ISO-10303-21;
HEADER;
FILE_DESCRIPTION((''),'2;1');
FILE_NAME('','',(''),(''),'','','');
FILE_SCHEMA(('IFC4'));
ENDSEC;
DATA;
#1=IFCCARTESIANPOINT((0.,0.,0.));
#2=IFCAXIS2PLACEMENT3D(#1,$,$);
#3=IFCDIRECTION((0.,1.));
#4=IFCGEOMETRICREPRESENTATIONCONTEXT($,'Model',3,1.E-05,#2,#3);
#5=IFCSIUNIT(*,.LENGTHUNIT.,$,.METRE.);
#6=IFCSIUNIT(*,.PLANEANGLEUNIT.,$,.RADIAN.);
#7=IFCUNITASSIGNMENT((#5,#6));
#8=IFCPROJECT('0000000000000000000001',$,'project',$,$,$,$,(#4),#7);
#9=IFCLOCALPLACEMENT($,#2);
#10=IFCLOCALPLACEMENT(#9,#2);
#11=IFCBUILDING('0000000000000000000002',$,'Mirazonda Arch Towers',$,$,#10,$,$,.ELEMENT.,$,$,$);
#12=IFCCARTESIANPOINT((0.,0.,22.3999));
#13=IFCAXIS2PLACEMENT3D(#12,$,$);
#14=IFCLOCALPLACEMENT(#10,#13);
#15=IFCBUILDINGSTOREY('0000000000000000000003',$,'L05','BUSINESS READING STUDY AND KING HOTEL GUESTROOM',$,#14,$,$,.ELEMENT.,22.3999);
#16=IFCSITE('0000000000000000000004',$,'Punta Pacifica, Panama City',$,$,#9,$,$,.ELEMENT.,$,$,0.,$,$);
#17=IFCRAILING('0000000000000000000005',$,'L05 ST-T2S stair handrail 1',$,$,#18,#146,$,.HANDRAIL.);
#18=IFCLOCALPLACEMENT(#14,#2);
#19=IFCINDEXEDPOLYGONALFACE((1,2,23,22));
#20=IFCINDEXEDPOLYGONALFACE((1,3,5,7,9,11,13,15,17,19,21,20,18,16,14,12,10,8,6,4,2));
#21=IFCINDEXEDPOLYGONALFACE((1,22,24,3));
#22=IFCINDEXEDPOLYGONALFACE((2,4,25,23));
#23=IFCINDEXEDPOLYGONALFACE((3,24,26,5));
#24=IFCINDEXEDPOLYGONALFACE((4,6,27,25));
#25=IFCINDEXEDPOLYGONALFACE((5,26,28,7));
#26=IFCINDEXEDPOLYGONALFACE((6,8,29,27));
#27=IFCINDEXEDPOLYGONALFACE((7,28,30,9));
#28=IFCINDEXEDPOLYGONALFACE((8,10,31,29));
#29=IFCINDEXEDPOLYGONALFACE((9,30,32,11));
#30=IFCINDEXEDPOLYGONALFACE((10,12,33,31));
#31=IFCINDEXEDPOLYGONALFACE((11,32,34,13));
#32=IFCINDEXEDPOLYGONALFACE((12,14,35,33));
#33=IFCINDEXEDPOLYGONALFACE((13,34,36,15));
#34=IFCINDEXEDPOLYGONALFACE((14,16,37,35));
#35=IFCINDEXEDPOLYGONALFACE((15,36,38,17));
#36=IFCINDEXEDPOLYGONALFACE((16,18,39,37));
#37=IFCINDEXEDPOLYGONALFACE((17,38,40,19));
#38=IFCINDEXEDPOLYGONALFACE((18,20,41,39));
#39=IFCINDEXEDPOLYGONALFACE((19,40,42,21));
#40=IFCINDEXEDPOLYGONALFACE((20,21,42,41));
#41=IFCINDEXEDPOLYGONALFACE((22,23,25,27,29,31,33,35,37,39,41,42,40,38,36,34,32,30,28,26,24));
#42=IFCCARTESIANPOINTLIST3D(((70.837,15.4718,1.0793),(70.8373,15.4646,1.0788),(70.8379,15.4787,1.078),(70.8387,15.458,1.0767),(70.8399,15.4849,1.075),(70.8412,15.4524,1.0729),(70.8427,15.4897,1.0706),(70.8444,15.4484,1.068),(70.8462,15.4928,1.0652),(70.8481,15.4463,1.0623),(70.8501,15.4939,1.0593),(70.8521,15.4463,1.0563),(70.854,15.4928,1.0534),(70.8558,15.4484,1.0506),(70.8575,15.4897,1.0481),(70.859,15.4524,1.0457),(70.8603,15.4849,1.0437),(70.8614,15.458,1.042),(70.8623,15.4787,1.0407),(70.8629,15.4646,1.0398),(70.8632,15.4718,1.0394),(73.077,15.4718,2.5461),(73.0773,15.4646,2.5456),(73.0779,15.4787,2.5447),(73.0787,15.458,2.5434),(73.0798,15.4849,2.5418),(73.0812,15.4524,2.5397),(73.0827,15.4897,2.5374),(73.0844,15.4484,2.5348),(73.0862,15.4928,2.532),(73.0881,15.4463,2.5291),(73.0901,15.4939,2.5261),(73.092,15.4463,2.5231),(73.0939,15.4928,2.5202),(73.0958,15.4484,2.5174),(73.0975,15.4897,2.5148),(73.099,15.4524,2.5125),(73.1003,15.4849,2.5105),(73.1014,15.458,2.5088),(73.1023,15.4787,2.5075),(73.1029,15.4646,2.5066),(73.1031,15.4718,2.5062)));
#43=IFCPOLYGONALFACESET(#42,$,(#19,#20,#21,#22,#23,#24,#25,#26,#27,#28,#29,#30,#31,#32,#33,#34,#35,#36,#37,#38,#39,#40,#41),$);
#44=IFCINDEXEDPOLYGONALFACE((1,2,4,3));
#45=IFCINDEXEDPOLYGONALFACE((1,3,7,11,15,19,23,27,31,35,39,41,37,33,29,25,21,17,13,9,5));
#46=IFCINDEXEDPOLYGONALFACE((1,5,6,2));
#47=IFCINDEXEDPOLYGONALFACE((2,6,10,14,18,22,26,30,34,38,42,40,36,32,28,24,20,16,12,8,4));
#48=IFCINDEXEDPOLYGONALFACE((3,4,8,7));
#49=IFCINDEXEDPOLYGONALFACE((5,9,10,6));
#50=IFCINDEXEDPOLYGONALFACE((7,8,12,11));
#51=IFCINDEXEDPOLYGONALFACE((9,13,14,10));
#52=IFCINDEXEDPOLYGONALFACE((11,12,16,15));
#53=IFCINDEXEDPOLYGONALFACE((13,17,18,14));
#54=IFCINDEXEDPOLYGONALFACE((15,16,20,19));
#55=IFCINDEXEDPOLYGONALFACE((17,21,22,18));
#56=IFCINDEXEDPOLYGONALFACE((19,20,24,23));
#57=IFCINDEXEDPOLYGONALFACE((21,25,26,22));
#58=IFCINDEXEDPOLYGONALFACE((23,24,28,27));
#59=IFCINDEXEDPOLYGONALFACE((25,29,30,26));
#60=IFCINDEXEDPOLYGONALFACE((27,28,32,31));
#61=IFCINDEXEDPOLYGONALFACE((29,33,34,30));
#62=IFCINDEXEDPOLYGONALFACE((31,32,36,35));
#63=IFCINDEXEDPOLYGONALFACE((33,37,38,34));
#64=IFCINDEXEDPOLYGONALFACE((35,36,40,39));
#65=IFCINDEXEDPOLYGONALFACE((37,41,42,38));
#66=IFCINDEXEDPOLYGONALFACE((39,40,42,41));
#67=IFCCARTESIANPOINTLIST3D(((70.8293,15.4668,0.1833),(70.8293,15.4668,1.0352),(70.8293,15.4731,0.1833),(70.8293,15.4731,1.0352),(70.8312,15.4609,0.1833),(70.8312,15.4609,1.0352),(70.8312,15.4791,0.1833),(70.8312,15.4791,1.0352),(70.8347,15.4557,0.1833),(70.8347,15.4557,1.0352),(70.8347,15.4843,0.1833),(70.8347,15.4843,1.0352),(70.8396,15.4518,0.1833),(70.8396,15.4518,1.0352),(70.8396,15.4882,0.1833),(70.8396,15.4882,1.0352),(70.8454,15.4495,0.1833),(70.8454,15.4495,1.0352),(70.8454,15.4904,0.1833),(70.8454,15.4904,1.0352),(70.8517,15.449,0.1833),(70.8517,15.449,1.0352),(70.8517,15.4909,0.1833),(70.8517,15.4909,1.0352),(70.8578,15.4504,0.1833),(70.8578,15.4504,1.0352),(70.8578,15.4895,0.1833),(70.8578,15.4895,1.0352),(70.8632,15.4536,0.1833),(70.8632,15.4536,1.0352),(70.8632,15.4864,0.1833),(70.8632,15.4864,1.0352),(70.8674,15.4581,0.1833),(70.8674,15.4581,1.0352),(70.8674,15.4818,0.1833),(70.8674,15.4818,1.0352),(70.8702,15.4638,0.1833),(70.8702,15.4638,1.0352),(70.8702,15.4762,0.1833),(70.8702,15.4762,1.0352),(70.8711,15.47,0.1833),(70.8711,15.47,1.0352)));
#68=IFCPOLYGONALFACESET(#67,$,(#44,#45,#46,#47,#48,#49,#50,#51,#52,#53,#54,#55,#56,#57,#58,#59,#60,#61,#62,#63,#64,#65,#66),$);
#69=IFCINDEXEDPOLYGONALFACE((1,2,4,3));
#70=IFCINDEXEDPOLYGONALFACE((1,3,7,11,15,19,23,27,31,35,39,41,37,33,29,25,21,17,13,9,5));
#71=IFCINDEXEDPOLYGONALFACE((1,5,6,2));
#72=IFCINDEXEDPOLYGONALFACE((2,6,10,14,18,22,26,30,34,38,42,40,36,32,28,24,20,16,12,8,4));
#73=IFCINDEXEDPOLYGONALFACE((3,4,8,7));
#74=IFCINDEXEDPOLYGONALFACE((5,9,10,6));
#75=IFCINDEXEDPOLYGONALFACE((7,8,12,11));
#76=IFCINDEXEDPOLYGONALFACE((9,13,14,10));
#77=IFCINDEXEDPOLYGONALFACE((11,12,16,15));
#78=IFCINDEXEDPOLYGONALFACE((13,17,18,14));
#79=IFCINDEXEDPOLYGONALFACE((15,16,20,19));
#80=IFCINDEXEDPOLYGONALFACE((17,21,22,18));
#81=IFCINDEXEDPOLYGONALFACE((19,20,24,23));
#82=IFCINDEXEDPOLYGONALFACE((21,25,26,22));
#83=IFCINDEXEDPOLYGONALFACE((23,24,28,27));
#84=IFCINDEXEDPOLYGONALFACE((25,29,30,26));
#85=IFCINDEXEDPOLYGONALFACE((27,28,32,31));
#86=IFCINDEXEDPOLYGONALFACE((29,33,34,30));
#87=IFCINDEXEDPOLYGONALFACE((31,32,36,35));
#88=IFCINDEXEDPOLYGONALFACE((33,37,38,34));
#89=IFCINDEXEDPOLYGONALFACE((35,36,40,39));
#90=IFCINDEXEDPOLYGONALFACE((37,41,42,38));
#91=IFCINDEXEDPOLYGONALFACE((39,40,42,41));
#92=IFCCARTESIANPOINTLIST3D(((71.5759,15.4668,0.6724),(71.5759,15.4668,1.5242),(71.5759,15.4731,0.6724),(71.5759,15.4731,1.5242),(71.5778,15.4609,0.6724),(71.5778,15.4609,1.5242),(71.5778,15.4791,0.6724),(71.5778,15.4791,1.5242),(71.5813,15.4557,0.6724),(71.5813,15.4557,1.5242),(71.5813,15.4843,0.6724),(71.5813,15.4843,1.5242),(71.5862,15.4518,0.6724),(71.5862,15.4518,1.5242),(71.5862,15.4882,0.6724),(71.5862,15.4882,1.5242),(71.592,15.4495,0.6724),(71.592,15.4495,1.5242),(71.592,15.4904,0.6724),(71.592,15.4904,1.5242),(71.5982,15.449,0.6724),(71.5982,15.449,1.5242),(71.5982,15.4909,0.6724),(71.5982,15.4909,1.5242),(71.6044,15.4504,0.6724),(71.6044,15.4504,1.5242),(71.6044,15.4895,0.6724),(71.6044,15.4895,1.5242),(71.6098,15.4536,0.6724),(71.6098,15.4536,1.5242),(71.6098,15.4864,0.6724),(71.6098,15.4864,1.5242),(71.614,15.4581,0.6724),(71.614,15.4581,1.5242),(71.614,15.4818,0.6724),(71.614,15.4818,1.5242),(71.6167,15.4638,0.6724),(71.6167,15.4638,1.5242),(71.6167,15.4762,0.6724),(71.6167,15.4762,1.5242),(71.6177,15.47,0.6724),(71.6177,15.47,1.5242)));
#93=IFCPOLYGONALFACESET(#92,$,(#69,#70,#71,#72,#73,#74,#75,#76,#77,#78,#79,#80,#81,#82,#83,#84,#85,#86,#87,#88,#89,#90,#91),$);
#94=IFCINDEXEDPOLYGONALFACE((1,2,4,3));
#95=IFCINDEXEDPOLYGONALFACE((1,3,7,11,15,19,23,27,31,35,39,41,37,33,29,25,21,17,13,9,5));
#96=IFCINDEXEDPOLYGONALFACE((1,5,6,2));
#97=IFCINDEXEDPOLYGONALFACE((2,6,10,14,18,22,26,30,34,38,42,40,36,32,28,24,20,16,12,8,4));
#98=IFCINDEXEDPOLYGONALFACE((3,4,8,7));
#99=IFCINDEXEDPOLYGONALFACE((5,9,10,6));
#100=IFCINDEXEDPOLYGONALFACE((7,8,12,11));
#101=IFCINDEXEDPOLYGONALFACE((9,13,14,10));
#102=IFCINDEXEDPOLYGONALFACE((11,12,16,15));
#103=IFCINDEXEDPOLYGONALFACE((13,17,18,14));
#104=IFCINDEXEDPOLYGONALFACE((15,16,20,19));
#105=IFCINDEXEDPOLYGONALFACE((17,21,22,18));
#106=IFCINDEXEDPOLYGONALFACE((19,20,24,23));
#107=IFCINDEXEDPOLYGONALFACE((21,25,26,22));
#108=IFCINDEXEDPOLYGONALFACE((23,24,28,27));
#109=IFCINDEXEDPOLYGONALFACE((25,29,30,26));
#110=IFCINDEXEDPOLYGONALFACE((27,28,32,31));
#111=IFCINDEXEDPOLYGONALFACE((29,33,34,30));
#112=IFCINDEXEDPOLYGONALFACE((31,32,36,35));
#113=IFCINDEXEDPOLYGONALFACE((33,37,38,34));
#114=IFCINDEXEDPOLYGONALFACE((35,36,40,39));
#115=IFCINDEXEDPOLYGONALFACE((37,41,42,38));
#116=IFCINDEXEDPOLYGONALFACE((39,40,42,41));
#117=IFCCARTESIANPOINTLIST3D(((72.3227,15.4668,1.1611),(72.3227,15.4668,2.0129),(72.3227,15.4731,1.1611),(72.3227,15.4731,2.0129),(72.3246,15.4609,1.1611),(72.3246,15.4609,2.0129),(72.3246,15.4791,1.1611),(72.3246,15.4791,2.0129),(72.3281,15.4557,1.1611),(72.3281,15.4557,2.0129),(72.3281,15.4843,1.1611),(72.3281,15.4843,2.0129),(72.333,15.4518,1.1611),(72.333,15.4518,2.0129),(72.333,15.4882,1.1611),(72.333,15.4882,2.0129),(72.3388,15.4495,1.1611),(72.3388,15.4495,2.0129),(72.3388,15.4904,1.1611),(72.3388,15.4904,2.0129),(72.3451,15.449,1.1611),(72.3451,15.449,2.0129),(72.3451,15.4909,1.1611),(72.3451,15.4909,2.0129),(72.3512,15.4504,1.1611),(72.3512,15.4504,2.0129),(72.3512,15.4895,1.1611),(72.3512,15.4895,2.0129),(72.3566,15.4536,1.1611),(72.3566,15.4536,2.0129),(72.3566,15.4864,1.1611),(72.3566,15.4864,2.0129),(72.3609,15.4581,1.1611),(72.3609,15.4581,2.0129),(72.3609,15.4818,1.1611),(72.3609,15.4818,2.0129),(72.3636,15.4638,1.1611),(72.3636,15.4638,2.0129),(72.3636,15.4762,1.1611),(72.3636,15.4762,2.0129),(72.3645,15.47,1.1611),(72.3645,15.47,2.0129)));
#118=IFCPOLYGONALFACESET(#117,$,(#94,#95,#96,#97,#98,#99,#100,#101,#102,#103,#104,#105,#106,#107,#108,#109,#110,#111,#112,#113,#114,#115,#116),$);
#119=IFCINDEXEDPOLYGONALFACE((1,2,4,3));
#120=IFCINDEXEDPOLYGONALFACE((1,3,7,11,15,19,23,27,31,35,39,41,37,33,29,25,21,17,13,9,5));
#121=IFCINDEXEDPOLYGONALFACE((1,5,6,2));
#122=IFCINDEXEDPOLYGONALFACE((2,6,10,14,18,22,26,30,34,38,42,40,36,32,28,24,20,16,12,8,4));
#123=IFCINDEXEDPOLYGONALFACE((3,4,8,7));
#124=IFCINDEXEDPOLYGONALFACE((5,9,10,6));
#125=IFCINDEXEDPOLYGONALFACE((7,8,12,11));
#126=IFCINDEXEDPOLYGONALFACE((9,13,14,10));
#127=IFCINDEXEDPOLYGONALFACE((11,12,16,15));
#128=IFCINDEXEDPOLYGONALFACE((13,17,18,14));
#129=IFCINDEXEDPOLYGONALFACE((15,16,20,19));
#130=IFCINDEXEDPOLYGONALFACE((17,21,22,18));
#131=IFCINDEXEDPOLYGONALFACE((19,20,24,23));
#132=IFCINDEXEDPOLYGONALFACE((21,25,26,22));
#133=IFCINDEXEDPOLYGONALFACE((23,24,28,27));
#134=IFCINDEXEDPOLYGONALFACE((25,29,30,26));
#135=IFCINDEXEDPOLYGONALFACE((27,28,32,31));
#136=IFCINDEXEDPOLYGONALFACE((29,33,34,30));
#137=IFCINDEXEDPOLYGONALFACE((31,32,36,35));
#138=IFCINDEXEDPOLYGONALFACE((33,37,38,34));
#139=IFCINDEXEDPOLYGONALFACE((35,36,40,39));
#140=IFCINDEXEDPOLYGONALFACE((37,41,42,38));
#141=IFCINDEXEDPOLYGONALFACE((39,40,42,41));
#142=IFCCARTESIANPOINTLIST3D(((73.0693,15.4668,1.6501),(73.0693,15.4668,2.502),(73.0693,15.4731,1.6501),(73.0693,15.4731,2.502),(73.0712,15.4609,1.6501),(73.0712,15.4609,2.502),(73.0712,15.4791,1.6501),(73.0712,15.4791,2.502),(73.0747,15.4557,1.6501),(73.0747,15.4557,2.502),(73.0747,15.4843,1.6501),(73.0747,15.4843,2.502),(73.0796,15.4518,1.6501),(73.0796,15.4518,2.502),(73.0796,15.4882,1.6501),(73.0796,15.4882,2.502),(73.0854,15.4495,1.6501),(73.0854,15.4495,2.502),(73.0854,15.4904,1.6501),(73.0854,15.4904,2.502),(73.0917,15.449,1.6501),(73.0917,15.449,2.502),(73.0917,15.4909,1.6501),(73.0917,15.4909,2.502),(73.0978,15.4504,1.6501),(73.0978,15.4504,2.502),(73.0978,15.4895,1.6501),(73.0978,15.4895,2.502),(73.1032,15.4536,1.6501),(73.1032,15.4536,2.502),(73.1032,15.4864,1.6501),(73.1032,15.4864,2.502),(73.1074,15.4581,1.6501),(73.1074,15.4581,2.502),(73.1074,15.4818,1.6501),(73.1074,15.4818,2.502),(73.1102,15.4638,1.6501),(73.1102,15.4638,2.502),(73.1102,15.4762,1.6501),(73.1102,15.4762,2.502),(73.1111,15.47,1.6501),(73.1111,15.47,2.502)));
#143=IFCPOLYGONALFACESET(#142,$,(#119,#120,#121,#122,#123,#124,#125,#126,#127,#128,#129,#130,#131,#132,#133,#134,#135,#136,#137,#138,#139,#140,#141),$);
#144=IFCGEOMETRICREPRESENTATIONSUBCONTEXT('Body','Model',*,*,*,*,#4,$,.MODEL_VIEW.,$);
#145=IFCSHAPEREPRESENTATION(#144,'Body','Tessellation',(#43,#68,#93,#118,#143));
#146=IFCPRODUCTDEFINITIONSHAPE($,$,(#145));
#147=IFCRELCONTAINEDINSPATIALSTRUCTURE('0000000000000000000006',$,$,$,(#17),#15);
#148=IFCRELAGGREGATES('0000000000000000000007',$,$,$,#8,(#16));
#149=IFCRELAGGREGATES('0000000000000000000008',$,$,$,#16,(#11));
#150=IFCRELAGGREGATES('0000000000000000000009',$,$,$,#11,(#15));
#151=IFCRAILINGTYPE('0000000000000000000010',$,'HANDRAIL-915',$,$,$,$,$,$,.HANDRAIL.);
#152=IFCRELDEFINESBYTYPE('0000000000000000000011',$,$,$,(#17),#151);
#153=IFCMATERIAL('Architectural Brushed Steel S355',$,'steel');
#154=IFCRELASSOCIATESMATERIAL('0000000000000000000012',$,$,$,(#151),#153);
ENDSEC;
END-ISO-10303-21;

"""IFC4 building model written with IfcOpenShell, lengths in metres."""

from ifc_helpers import new_model, si_unit, direction, frame, origin, origin_2d, place, context, subcontext, project, spatial, circle, extrude, material, type_object, element, save


model = new_model("IFC4")

# Units and contexts
model_context = context("Model", 3, precision=1e-05, world=origin(), true_north=direction((0.0, 1.0)))
body_context = subcontext(model_context, "Body", "Model", "MODEL_VIEW")
ifc_project = project(units=[si_unit("LENGTHUNIT", "METRE"), si_unit("PLANEANGLEUNIT", "RADIAN")], contexts=[model_context])

# Site, building, storey
site_placement = place(None, origin())
site = spatial("IfcSite", under=ifc_project, at=site_placement, Name="Punta Pacifica, Panama City", CompositionType="ELEMENT", RefElevation=0.0)
building_placement = place(site_placement, origin())
building = spatial("IfcBuilding", under=site, at=building_placement, Name="Mirazonda Arch Towers", CompositionType="ELEMENT")
storey_placement = place(building_placement, frame((0.0, 0.0, 22.3999)))
storey = spatial("IfcBuildingStorey", under=building, at=storey_placement, Name="L05", Description="BUSINESS READING STUDY AND KING HOTEL GUESTROOM", CompositionType="ELEMENT", Elevation=22.3999)

# Railing
ifc_material_1 = material(Name="Architectural Brushed Steel S355", Category="steel")
railing_type_1 = type_object("IfcRailingType", Name="HANDRAIL-915", PredefinedType="HANDRAIL", material=ifc_material_1)
railing_1_placement = place(storey_placement, frame((70.8501, 15.47, 0.1833)))
element("IfcRailing", 1, at=railing_1_placement, inside=storey, type_object=railing_type_1, Name="L05 ST-T2S stair handrail 1", PredefinedType="HANDRAIL", context=body_context, shape_type="SweptSolid", body=[
    extrude(circle(Radius=0.0239, at=origin_2d()), frame((0.0, 0.0, 0.876), z_axis=(0.836595, 0.0, 0.547822), x_axis=(0.0, 1.0, 0.0)), (0.0, 0.0, 1.0), 2.6775),
    extrude(circle(Radius=0.021, at=origin_2d()), origin(), (0.0, 0.0, 1.0), 0.8518),
    extrude(circle(Radius=0.021, at=origin_2d()), frame((0.7466, 0.0, 0.489)), (0.0, 0.0, 1.0), 0.8518),
    extrude(circle(Radius=0.021, at=origin_2d()), frame((1.4934, 0.0, 0.9778)), (0.0, 0.0, 1.0), 0.8518),
    extrude(circle(Radius=0.021, at=origin_2d()), frame((2.24, 0.0, 1.4668)), (0.0, 0.0, 1.0), 0.8518),
])

save(model, "model.ifc")
